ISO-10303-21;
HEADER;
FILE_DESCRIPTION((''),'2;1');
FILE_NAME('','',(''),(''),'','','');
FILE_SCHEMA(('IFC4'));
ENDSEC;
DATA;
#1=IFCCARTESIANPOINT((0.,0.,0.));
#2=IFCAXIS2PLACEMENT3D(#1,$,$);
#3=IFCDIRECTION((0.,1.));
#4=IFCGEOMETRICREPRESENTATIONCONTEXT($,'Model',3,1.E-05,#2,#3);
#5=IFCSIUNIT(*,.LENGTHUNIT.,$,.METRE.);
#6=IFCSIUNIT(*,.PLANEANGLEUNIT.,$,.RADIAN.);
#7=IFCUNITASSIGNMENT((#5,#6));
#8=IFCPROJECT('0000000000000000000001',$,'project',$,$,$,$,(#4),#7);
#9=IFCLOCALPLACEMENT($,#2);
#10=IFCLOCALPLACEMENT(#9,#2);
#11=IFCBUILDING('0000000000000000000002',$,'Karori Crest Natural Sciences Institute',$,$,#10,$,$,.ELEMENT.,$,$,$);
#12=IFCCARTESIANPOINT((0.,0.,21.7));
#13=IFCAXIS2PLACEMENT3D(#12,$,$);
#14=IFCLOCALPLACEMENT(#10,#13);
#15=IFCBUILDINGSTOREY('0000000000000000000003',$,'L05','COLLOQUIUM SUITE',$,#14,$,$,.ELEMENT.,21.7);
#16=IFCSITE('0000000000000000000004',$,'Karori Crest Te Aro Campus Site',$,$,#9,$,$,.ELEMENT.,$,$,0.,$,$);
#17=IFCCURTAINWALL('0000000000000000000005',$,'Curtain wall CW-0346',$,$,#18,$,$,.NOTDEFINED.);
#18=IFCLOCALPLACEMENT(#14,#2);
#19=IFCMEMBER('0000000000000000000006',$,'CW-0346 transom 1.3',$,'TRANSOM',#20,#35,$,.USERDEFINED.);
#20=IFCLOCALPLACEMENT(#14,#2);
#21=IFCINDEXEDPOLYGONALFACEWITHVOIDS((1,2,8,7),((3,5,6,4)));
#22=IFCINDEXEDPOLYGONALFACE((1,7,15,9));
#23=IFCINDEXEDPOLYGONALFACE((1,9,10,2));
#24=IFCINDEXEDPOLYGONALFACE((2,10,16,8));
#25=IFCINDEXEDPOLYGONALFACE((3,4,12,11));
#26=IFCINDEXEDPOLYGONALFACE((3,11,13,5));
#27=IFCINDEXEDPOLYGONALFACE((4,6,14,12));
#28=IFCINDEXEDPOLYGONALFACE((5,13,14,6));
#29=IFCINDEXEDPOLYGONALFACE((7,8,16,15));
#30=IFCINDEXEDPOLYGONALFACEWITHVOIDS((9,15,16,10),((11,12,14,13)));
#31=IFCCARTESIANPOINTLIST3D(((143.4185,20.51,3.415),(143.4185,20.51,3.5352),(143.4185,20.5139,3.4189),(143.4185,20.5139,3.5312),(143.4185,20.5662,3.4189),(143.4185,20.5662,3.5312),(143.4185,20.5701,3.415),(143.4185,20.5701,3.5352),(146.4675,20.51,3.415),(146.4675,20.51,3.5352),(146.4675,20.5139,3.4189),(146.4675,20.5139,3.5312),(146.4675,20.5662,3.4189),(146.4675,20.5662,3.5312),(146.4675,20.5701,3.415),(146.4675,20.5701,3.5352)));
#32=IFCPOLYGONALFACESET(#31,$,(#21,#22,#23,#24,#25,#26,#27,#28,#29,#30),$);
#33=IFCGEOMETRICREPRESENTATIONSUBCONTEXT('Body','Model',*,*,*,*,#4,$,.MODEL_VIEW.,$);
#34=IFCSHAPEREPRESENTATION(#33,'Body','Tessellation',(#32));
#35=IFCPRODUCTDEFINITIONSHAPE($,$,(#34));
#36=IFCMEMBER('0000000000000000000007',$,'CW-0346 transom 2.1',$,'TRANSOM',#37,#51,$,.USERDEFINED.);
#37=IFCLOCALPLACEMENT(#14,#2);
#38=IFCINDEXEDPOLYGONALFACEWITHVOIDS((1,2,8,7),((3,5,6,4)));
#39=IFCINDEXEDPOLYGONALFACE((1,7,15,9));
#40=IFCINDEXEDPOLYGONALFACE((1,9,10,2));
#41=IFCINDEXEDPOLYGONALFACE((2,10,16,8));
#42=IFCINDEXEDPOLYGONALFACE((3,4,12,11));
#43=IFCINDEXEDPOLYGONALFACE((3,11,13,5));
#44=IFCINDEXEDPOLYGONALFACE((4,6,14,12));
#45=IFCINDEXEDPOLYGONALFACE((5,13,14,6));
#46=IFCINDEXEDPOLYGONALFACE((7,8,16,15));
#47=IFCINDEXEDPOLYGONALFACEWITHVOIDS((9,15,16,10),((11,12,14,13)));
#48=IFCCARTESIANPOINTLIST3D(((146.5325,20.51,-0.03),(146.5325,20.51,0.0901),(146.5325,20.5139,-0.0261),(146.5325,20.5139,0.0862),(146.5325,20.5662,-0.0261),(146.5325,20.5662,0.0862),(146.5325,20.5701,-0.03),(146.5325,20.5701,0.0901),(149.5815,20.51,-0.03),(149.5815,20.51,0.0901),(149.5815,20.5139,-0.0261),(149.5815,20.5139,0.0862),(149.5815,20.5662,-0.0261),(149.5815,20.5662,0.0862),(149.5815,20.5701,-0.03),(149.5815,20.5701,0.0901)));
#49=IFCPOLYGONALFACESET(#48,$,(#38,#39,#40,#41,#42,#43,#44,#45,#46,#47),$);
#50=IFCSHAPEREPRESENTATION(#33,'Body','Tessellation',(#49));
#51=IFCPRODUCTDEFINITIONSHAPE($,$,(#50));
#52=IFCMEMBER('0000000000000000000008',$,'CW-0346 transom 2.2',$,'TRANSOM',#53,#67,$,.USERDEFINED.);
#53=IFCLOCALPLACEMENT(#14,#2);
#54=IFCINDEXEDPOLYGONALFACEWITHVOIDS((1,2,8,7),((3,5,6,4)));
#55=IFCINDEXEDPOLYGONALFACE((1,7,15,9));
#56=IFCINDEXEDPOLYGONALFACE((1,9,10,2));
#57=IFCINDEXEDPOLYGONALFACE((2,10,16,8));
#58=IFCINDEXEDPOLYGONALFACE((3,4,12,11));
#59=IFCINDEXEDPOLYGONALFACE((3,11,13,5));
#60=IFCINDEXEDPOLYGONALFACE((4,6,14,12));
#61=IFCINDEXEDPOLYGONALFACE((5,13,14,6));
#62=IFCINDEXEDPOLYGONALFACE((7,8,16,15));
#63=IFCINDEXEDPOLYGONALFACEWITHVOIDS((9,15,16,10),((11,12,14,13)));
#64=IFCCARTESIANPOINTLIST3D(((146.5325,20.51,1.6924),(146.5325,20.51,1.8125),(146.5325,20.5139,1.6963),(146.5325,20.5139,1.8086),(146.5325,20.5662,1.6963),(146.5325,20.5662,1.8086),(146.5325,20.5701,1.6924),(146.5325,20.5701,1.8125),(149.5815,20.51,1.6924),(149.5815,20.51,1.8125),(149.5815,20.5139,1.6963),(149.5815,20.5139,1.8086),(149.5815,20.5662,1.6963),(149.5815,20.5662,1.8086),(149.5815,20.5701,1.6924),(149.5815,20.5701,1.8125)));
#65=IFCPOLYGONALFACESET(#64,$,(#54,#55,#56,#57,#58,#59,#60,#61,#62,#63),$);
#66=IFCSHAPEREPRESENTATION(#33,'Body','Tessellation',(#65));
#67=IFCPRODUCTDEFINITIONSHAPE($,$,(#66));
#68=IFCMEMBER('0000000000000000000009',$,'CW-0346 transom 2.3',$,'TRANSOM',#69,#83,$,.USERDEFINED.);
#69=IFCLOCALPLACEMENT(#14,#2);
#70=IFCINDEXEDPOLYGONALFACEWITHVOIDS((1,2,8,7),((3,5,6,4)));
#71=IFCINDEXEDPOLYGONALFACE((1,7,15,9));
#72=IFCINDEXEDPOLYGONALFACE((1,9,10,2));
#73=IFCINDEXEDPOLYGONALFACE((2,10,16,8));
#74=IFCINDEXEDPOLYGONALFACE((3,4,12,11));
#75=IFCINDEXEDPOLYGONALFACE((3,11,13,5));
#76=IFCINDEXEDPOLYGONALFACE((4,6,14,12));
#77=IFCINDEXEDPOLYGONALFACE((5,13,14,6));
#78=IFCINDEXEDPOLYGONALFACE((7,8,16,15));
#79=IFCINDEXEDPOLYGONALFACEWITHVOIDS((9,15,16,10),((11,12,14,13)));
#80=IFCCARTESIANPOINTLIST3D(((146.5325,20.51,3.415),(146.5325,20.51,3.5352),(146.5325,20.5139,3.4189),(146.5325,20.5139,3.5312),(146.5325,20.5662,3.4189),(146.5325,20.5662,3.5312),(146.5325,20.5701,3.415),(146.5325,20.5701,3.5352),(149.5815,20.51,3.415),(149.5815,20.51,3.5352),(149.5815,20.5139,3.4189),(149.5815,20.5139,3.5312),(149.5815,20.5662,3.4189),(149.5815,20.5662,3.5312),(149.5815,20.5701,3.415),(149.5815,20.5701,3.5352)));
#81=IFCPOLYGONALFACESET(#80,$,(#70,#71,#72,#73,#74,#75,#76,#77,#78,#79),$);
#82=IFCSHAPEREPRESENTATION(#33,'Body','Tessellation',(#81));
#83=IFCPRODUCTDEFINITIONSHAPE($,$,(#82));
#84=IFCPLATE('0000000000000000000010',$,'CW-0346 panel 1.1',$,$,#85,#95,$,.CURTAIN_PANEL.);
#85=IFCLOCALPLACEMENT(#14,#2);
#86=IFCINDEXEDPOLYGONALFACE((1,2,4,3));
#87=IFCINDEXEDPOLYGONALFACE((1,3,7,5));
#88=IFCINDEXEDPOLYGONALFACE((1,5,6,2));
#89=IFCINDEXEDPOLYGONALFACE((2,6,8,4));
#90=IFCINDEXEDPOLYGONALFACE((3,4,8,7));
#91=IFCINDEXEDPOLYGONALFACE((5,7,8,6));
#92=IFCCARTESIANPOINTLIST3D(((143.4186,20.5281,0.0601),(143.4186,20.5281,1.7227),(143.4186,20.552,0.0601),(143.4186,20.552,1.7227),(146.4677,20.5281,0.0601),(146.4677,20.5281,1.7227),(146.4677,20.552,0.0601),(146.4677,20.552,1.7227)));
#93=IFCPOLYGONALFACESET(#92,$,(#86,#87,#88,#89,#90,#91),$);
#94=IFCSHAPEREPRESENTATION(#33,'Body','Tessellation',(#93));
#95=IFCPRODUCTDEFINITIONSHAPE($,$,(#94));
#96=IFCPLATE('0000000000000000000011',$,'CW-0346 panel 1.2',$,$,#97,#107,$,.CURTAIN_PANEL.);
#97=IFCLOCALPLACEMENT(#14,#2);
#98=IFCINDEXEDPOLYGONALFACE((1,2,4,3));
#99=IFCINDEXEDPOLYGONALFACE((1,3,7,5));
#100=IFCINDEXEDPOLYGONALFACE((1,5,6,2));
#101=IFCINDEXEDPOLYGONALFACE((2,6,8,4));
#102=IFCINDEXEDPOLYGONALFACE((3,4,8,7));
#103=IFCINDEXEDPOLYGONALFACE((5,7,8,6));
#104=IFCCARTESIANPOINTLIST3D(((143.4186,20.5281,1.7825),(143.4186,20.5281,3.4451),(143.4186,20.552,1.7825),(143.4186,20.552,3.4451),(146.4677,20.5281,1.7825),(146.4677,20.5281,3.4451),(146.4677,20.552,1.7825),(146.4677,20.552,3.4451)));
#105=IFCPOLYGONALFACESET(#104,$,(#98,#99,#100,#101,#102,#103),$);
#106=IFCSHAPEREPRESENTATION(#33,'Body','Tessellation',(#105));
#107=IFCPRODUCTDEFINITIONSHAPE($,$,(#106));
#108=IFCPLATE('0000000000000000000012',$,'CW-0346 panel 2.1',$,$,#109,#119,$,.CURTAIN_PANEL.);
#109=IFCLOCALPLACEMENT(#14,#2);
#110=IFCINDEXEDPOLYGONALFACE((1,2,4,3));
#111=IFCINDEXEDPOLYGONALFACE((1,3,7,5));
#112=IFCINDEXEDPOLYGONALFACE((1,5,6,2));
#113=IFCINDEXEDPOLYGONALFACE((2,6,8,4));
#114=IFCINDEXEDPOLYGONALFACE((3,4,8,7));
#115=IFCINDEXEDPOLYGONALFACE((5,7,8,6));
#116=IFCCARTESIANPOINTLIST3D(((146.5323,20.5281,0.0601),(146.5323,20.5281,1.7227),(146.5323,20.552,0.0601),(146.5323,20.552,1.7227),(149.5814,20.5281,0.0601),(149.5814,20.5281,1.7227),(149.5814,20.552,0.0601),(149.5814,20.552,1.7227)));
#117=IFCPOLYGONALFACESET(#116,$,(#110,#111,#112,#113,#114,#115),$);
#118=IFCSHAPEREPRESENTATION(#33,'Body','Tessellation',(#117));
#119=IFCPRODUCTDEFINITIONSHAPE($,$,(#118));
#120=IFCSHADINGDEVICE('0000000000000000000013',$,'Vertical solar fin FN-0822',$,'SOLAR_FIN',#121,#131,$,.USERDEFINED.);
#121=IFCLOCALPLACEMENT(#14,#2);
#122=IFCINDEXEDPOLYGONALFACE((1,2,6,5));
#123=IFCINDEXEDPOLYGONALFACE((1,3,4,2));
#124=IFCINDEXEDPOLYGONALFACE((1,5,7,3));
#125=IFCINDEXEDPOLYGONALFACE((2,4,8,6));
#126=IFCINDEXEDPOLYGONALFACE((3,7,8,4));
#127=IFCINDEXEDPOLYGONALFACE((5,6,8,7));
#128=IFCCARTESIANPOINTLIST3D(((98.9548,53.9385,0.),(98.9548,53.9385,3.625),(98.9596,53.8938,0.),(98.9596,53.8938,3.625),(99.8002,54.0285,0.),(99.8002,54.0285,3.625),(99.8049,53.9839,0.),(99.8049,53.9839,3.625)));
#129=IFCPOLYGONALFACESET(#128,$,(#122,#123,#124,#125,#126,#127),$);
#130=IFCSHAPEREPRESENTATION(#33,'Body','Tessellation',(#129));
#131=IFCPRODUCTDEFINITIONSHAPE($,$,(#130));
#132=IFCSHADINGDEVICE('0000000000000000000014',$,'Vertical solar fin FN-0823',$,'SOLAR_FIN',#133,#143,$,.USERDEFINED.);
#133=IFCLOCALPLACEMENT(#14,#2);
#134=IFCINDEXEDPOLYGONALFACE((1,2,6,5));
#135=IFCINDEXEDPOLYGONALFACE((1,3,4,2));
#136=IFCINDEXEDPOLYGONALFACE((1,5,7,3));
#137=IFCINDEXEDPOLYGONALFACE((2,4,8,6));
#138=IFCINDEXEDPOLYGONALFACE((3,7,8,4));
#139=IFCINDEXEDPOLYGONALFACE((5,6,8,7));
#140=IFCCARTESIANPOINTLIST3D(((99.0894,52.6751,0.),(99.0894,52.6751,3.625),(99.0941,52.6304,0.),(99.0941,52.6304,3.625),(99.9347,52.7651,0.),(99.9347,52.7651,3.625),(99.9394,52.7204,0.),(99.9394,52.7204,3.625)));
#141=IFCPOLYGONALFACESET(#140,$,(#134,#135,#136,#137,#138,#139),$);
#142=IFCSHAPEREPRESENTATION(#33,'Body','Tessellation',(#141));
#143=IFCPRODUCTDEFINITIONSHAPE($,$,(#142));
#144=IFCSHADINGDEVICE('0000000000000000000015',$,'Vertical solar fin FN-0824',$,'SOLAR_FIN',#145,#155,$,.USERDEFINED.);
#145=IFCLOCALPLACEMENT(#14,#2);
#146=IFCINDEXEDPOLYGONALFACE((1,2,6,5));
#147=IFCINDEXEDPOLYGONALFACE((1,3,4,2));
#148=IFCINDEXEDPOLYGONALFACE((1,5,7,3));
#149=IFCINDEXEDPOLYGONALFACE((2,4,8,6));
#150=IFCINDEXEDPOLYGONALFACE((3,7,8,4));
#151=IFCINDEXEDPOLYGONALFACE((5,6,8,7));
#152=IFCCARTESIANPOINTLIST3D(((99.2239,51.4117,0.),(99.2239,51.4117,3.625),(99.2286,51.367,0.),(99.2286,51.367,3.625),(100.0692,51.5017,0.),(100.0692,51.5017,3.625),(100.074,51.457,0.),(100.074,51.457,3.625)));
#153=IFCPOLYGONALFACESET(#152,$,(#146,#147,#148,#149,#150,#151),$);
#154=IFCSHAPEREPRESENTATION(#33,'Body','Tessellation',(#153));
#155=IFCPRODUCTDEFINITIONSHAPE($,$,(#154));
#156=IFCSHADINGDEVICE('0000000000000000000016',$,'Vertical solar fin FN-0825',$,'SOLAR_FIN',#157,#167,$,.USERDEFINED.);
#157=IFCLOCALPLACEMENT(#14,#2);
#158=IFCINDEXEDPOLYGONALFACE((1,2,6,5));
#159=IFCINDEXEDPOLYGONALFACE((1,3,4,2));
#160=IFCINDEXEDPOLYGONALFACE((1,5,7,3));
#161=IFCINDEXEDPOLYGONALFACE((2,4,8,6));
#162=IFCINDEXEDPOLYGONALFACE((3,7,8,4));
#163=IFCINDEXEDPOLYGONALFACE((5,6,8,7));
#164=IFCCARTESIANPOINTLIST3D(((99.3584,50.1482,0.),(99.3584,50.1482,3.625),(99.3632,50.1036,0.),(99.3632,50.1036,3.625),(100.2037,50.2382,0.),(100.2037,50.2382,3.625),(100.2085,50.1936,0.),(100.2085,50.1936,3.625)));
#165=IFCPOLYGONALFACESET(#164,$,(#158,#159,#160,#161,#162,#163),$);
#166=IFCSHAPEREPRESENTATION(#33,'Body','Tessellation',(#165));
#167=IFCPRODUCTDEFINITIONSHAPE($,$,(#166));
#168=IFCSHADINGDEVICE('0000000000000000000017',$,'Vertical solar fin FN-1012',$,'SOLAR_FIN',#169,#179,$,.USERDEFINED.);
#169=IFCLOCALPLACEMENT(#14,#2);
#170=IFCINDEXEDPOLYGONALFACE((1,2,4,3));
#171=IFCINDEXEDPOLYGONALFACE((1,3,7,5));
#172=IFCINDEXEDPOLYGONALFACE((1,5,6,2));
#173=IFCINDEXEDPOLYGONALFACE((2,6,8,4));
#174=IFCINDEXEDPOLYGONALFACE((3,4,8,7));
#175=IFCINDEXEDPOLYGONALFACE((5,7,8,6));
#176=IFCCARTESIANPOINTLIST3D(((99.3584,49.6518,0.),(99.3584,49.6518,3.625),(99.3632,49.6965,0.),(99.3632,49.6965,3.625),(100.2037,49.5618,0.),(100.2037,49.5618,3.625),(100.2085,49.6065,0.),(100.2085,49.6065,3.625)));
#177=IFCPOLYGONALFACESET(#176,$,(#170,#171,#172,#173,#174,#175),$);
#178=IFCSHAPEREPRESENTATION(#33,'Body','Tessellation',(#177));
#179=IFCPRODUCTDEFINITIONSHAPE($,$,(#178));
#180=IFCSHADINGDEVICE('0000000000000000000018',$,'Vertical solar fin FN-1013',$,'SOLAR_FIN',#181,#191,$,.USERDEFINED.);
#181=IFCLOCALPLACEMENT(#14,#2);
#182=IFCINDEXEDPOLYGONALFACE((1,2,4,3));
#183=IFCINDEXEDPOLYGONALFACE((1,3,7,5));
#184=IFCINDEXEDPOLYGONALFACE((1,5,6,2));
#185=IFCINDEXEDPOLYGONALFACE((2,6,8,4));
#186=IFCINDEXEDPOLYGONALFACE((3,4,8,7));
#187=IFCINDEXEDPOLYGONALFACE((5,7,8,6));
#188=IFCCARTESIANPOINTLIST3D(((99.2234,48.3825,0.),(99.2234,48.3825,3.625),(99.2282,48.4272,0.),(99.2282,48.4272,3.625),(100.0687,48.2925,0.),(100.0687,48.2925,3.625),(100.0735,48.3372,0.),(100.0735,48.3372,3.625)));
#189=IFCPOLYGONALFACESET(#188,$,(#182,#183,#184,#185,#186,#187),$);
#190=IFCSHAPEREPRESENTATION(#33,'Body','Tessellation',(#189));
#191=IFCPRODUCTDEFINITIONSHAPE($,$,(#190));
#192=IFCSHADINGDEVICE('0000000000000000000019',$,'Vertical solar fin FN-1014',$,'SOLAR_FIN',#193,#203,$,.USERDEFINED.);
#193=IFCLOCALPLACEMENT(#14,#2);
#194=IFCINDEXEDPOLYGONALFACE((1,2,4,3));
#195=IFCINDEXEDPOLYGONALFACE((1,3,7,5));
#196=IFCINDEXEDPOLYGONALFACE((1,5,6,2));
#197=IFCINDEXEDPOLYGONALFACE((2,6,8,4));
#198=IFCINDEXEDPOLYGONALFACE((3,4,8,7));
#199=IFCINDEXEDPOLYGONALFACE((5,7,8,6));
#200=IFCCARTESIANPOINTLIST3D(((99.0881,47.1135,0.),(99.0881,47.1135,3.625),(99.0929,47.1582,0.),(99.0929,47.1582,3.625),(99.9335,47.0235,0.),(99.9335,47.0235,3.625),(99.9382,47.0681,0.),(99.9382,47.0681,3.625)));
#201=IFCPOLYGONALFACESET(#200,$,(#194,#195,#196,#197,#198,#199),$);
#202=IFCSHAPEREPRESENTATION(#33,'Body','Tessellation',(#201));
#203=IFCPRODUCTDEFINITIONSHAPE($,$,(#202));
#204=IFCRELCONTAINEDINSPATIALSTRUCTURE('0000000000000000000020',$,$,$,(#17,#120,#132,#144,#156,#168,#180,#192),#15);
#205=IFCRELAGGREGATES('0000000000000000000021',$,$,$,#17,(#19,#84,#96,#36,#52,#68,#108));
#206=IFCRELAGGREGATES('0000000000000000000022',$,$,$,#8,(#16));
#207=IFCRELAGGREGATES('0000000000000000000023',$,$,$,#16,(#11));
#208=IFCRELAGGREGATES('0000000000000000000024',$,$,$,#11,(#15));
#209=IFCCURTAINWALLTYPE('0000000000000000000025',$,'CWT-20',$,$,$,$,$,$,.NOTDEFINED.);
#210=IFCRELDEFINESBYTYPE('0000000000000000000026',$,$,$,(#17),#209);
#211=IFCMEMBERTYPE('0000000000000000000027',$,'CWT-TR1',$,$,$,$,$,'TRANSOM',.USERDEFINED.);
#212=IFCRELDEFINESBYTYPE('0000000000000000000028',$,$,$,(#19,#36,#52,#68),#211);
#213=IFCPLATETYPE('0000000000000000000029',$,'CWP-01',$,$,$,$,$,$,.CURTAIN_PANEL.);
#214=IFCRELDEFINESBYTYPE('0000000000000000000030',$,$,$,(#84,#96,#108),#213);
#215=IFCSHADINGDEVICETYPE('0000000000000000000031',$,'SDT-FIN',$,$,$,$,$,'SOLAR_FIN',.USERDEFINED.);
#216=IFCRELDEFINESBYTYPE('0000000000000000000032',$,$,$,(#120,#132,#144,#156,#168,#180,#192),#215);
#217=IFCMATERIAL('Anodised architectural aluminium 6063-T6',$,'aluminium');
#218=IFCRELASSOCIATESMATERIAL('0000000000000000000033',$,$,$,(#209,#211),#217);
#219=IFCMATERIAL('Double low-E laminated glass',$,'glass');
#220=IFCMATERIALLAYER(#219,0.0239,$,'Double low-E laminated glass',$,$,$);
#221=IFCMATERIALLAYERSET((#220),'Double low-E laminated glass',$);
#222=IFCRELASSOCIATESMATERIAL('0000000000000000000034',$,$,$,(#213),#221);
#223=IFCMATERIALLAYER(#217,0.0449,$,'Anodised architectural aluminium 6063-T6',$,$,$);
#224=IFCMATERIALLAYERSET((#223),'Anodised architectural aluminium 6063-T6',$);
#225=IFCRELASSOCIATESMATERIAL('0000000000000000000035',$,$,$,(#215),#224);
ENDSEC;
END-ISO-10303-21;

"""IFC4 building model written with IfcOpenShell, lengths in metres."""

from ifc_helpers import new_model, si_unit, direction, frame, origin, origin_2d, place, context, subcontext, project, spatial, rectangle, hollow_rectangle, extrude, material, layer, layer_set, material_profile, profile_set, type_object, element, aggregate, save


model = new_model("IFC4")

# Units and contexts
model_context = context("Model", 3, precision=1e-05, world=origin(), true_north=direction((0.0, 1.0)))
body_context = subcontext(model_context, "Body", "Model", "MODEL_VIEW")
ifc_project = project(units=[si_unit("LENGTHUNIT", "METRE"), si_unit("PLANEANGLEUNIT", "RADIAN")], contexts=[model_context])

# Site, building, storey
site_placement = place(None, origin())
site = spatial("IfcSite", under=ifc_project, at=site_placement, Name="Karori Crest Te Aro Campus Site", CompositionType="ELEMENT", RefElevation=0.0)
building_placement = place(site_placement, origin())
building = spatial("IfcBuilding", under=site, at=building_placement, Name="Karori Crest Natural Sciences Institute", CompositionType="ELEMENT")
storey_placement = place(building_placement, frame((0.0, 0.0, 21.7)))
storey = spatial("IfcBuildingStorey", under=building, at=storey_placement, Name="L05", Description="COLLOQUIUM SUITE", CompositionType="ELEMENT", Elevation=21.7)

# Shared definitions
ifc_material_1 = material(Name="Anodised architectural aluminium 6063-T6", Category="aluminium")

# Curtain wall, members, plates
curtain_wall_type_1 = type_object("IfcCurtainWallType", Name="CWT-20", PredefinedType="NOTDEFINED", material=ifc_material_1)
curtain_wall_1_placement = place(storey_placement, origin())
curtain_wall_1 = element("IfcCurtainWall", 1, at=curtain_wall_1_placement, inside=storey, type_object=curtain_wall_type_1, Name="Curtain wall CW-0346", PredefinedType="NOTDEFINED")
ifc_material_profile_1 = material_profile(ifc_material_1, hollow_rectangle(XDim=0.0601, YDim=0.1201, WallThickness=0.0039, at=origin_2d()), Name="CWT120x60x4")
ifc_profile_set_1 = profile_set([ifc_material_profile_1], Name="Anodised architectural aluminium 6063-T6")
member_type_1 = type_object("IfcMemberType", Name="CWT-TR1", ElementType="TRANSOM", PredefinedType="USERDEFINED", material=ifc_profile_set_1)
member_1_placement = place(storey_placement, frame((143.4185, 20.54, 3.4751), z_axis=(1.0, 0.0, 0.0), x_axis=(0.0, 1.0, 0.0)))
member_1 = element("IfcMember", 2, at=member_1_placement, type_object=member_type_1, Name="CW-0346 transom 1.3", ObjectType="TRANSOM", PredefinedType="USERDEFINED", context=body_context, shape_type="SweptSolid", body=[
    extrude(hollow_rectangle(XDim=0.0601, YDim=0.1201, WallThickness=0.0039, at=origin_2d()), origin(), (0.0, 0.0, 1.0), 3.0491),
])
member_2_placement = place(storey_placement, frame((146.5325, 20.54, 0.03), z_axis=(1.0, 0.0, 0.0), x_axis=(0.0, 1.0, 0.0)))
member_2 = element("IfcMember", 3, at=member_2_placement, type_object=member_type_1, Name="CW-0346 transom 2.1", ObjectType="TRANSOM", PredefinedType="USERDEFINED", context=body_context, shape_type="SweptSolid", body=[
    extrude(hollow_rectangle(XDim=0.0601, YDim=0.1201, WallThickness=0.0039, at=origin_2d()), origin(), (0.0, 0.0, 1.0), 3.0491),
])
member_3_placement = place(storey_placement, frame((146.5325, 20.54, 1.7524), z_axis=(1.0, 0.0, 0.0), x_axis=(0.0, 1.0, 0.0)))
member_3 = element("IfcMember", 4, at=member_3_placement, type_object=member_type_1, Name="CW-0346 transom 2.2", ObjectType="TRANSOM", PredefinedType="USERDEFINED", context=body_context, shape_type="SweptSolid", body=[
    extrude(hollow_rectangle(XDim=0.0601, YDim=0.1201, WallThickness=0.0039, at=origin_2d()), origin(), (0.0, 0.0, 1.0), 3.0491),
])
member_4_placement = place(storey_placement, frame((146.5325, 20.54, 3.4751), z_axis=(1.0, 0.0, 0.0), x_axis=(0.0, 1.0, 0.0)))
member_4 = element("IfcMember", 5, at=member_4_placement, type_object=member_type_1, Name="CW-0346 transom 2.3", ObjectType="TRANSOM", PredefinedType="USERDEFINED", context=body_context, shape_type="SweptSolid", body=[
    extrude(hollow_rectangle(XDim=0.0601, YDim=0.1201, WallThickness=0.0039, at=origin_2d()), origin(), (0.0, 0.0, 1.0), 3.0491),
])
ifc_material_2 = material(Name="Double low-E laminated glass", Category="glass")
ifc_layer_1 = layer(ifc_material_2, 0.0239, Name="Double low-E laminated glass")
ifc_layer_set_1 = layer_set([ifc_layer_1], Name="Double low-E laminated glass")
plate_type = type_object("IfcPlateType", Name="CWP-01", PredefinedType="CURTAIN_PANEL", material=ifc_layer_set_1)
plate_1_placement = place(storey_placement, frame((144.9431, 20.54, 0.0601), z_axis=(0.0, 0.0, 1.0), x_axis=(1.0, 0.0, 0.0)))
plate_1 = element("IfcPlate", 6, at=plate_1_placement, type_object=plate_type, Name="CW-0346 panel 1.1", PredefinedType="CURTAIN_PANEL", context=body_context, shape_type="SweptSolid", body=[
    extrude(rectangle(XDim=3.0491, YDim=0.0239, at=origin_2d()), origin(), (0.0, 0.0, 1.0), 1.6626),
])
plate_2_placement = place(storey_placement, frame((144.9431, 20.54, 1.7825), z_axis=(0.0, 0.0, 1.0), x_axis=(1.0, 0.0, 0.0)))
plate_2 = element("IfcPlate", 7, at=plate_2_placement, type_object=plate_type, Name="CW-0346 panel 1.2", PredefinedType="CURTAIN_PANEL", context=body_context, shape_type="SweptSolid", body=[
    extrude(rectangle(XDim=3.0491, YDim=0.0239, at=origin_2d()), origin(), (0.0, 0.0, 1.0), 1.6626),
])
plate_3_placement = place(storey_placement, frame((148.0569, 20.54, 0.0601), z_axis=(0.0, 0.0, 1.0), x_axis=(1.0, 0.0, 0.0)))
plate_3 = element("IfcPlate", 8, at=plate_3_placement, type_object=plate_type, Name="CW-0346 panel 2.1", PredefinedType="CURTAIN_PANEL", context=body_context, shape_type="SweptSolid", body=[
    extrude(rectangle(XDim=3.0491, YDim=0.0239, at=origin_2d()), origin(), (0.0, 0.0, 1.0), 1.6626),
])
aggregate(curtain_wall_1, [member_1, plate_1, plate_2, member_2, member_3, member_4, plate_3])

# Shading devices
ifc_layer_2 = layer(ifc_material_1, 0.0449, Name="Anodised architectural aluminium 6063-T6")
ifc_layer_set_2 = layer_set([ifc_layer_2], Name="Anodised architectural aluminium 6063-T6")
shading_device_type = type_object("IfcShadingDeviceType", Name="SDT-FIN", ElementType="SOLAR_FIN", PredefinedType="USERDEFINED", material=ifc_layer_set_2)
for number, where, z_axis, x_axis, name in (
    (9, (99.3799, 53.9612, 0.0), (0.0, 0.0, 1.0), (0.994378, 0.105884, 0.0), "Vertical solar fin FN-0822"),
    (10, (99.5144, 52.6978, 0.0), (0.0, 0.0, 1.0), (0.994378, 0.105884, 0.0), "Vertical solar fin FN-0823"),
    (11, (99.6489, 51.4343, 0.0), (0.0, 0.0, 1.0), (0.994378, 0.105884, 0.0), "Vertical solar fin FN-0824"),
    (12, (99.7834, 50.1709, 0.0), (0.0, 0.0, 1.0), (0.994378, 0.105884, 0.0), "Vertical solar fin FN-0825"),
    (13, (99.7834, 49.6292, 0.0), (0.0, 0.0, 1.0), (0.994378, -0.105886, 0.0), "Vertical solar fin FN-1012"),
    (14, (99.6484, 48.3599, 0.0), (0.0, 0.0, 1.0), (0.994378, -0.105886, 0.0), "Vertical solar fin FN-1013"),
    (15, (99.5132, 47.0908, 0.0), (0.0, 0.0, 1.0), (0.994378, -0.105886, 0.0), "Vertical solar fin FN-1014"),
):
    element("IfcShadingDevice", number, at=place(storey_placement, frame(where, z_axis=z_axis, x_axis=x_axis)), inside=storey, type_object=shading_device_type, Name=name, ObjectType="SOLAR_FIN", PredefinedType="USERDEFINED", context=body_context, shape_type="SweptSolid", body=[
        extrude(rectangle(XDim=0.8501, YDim=0.0449, at=origin_2d()), origin(), (0.0, 0.0, 1.0), 3.625),
    ])

save(model, "model.ifc")
